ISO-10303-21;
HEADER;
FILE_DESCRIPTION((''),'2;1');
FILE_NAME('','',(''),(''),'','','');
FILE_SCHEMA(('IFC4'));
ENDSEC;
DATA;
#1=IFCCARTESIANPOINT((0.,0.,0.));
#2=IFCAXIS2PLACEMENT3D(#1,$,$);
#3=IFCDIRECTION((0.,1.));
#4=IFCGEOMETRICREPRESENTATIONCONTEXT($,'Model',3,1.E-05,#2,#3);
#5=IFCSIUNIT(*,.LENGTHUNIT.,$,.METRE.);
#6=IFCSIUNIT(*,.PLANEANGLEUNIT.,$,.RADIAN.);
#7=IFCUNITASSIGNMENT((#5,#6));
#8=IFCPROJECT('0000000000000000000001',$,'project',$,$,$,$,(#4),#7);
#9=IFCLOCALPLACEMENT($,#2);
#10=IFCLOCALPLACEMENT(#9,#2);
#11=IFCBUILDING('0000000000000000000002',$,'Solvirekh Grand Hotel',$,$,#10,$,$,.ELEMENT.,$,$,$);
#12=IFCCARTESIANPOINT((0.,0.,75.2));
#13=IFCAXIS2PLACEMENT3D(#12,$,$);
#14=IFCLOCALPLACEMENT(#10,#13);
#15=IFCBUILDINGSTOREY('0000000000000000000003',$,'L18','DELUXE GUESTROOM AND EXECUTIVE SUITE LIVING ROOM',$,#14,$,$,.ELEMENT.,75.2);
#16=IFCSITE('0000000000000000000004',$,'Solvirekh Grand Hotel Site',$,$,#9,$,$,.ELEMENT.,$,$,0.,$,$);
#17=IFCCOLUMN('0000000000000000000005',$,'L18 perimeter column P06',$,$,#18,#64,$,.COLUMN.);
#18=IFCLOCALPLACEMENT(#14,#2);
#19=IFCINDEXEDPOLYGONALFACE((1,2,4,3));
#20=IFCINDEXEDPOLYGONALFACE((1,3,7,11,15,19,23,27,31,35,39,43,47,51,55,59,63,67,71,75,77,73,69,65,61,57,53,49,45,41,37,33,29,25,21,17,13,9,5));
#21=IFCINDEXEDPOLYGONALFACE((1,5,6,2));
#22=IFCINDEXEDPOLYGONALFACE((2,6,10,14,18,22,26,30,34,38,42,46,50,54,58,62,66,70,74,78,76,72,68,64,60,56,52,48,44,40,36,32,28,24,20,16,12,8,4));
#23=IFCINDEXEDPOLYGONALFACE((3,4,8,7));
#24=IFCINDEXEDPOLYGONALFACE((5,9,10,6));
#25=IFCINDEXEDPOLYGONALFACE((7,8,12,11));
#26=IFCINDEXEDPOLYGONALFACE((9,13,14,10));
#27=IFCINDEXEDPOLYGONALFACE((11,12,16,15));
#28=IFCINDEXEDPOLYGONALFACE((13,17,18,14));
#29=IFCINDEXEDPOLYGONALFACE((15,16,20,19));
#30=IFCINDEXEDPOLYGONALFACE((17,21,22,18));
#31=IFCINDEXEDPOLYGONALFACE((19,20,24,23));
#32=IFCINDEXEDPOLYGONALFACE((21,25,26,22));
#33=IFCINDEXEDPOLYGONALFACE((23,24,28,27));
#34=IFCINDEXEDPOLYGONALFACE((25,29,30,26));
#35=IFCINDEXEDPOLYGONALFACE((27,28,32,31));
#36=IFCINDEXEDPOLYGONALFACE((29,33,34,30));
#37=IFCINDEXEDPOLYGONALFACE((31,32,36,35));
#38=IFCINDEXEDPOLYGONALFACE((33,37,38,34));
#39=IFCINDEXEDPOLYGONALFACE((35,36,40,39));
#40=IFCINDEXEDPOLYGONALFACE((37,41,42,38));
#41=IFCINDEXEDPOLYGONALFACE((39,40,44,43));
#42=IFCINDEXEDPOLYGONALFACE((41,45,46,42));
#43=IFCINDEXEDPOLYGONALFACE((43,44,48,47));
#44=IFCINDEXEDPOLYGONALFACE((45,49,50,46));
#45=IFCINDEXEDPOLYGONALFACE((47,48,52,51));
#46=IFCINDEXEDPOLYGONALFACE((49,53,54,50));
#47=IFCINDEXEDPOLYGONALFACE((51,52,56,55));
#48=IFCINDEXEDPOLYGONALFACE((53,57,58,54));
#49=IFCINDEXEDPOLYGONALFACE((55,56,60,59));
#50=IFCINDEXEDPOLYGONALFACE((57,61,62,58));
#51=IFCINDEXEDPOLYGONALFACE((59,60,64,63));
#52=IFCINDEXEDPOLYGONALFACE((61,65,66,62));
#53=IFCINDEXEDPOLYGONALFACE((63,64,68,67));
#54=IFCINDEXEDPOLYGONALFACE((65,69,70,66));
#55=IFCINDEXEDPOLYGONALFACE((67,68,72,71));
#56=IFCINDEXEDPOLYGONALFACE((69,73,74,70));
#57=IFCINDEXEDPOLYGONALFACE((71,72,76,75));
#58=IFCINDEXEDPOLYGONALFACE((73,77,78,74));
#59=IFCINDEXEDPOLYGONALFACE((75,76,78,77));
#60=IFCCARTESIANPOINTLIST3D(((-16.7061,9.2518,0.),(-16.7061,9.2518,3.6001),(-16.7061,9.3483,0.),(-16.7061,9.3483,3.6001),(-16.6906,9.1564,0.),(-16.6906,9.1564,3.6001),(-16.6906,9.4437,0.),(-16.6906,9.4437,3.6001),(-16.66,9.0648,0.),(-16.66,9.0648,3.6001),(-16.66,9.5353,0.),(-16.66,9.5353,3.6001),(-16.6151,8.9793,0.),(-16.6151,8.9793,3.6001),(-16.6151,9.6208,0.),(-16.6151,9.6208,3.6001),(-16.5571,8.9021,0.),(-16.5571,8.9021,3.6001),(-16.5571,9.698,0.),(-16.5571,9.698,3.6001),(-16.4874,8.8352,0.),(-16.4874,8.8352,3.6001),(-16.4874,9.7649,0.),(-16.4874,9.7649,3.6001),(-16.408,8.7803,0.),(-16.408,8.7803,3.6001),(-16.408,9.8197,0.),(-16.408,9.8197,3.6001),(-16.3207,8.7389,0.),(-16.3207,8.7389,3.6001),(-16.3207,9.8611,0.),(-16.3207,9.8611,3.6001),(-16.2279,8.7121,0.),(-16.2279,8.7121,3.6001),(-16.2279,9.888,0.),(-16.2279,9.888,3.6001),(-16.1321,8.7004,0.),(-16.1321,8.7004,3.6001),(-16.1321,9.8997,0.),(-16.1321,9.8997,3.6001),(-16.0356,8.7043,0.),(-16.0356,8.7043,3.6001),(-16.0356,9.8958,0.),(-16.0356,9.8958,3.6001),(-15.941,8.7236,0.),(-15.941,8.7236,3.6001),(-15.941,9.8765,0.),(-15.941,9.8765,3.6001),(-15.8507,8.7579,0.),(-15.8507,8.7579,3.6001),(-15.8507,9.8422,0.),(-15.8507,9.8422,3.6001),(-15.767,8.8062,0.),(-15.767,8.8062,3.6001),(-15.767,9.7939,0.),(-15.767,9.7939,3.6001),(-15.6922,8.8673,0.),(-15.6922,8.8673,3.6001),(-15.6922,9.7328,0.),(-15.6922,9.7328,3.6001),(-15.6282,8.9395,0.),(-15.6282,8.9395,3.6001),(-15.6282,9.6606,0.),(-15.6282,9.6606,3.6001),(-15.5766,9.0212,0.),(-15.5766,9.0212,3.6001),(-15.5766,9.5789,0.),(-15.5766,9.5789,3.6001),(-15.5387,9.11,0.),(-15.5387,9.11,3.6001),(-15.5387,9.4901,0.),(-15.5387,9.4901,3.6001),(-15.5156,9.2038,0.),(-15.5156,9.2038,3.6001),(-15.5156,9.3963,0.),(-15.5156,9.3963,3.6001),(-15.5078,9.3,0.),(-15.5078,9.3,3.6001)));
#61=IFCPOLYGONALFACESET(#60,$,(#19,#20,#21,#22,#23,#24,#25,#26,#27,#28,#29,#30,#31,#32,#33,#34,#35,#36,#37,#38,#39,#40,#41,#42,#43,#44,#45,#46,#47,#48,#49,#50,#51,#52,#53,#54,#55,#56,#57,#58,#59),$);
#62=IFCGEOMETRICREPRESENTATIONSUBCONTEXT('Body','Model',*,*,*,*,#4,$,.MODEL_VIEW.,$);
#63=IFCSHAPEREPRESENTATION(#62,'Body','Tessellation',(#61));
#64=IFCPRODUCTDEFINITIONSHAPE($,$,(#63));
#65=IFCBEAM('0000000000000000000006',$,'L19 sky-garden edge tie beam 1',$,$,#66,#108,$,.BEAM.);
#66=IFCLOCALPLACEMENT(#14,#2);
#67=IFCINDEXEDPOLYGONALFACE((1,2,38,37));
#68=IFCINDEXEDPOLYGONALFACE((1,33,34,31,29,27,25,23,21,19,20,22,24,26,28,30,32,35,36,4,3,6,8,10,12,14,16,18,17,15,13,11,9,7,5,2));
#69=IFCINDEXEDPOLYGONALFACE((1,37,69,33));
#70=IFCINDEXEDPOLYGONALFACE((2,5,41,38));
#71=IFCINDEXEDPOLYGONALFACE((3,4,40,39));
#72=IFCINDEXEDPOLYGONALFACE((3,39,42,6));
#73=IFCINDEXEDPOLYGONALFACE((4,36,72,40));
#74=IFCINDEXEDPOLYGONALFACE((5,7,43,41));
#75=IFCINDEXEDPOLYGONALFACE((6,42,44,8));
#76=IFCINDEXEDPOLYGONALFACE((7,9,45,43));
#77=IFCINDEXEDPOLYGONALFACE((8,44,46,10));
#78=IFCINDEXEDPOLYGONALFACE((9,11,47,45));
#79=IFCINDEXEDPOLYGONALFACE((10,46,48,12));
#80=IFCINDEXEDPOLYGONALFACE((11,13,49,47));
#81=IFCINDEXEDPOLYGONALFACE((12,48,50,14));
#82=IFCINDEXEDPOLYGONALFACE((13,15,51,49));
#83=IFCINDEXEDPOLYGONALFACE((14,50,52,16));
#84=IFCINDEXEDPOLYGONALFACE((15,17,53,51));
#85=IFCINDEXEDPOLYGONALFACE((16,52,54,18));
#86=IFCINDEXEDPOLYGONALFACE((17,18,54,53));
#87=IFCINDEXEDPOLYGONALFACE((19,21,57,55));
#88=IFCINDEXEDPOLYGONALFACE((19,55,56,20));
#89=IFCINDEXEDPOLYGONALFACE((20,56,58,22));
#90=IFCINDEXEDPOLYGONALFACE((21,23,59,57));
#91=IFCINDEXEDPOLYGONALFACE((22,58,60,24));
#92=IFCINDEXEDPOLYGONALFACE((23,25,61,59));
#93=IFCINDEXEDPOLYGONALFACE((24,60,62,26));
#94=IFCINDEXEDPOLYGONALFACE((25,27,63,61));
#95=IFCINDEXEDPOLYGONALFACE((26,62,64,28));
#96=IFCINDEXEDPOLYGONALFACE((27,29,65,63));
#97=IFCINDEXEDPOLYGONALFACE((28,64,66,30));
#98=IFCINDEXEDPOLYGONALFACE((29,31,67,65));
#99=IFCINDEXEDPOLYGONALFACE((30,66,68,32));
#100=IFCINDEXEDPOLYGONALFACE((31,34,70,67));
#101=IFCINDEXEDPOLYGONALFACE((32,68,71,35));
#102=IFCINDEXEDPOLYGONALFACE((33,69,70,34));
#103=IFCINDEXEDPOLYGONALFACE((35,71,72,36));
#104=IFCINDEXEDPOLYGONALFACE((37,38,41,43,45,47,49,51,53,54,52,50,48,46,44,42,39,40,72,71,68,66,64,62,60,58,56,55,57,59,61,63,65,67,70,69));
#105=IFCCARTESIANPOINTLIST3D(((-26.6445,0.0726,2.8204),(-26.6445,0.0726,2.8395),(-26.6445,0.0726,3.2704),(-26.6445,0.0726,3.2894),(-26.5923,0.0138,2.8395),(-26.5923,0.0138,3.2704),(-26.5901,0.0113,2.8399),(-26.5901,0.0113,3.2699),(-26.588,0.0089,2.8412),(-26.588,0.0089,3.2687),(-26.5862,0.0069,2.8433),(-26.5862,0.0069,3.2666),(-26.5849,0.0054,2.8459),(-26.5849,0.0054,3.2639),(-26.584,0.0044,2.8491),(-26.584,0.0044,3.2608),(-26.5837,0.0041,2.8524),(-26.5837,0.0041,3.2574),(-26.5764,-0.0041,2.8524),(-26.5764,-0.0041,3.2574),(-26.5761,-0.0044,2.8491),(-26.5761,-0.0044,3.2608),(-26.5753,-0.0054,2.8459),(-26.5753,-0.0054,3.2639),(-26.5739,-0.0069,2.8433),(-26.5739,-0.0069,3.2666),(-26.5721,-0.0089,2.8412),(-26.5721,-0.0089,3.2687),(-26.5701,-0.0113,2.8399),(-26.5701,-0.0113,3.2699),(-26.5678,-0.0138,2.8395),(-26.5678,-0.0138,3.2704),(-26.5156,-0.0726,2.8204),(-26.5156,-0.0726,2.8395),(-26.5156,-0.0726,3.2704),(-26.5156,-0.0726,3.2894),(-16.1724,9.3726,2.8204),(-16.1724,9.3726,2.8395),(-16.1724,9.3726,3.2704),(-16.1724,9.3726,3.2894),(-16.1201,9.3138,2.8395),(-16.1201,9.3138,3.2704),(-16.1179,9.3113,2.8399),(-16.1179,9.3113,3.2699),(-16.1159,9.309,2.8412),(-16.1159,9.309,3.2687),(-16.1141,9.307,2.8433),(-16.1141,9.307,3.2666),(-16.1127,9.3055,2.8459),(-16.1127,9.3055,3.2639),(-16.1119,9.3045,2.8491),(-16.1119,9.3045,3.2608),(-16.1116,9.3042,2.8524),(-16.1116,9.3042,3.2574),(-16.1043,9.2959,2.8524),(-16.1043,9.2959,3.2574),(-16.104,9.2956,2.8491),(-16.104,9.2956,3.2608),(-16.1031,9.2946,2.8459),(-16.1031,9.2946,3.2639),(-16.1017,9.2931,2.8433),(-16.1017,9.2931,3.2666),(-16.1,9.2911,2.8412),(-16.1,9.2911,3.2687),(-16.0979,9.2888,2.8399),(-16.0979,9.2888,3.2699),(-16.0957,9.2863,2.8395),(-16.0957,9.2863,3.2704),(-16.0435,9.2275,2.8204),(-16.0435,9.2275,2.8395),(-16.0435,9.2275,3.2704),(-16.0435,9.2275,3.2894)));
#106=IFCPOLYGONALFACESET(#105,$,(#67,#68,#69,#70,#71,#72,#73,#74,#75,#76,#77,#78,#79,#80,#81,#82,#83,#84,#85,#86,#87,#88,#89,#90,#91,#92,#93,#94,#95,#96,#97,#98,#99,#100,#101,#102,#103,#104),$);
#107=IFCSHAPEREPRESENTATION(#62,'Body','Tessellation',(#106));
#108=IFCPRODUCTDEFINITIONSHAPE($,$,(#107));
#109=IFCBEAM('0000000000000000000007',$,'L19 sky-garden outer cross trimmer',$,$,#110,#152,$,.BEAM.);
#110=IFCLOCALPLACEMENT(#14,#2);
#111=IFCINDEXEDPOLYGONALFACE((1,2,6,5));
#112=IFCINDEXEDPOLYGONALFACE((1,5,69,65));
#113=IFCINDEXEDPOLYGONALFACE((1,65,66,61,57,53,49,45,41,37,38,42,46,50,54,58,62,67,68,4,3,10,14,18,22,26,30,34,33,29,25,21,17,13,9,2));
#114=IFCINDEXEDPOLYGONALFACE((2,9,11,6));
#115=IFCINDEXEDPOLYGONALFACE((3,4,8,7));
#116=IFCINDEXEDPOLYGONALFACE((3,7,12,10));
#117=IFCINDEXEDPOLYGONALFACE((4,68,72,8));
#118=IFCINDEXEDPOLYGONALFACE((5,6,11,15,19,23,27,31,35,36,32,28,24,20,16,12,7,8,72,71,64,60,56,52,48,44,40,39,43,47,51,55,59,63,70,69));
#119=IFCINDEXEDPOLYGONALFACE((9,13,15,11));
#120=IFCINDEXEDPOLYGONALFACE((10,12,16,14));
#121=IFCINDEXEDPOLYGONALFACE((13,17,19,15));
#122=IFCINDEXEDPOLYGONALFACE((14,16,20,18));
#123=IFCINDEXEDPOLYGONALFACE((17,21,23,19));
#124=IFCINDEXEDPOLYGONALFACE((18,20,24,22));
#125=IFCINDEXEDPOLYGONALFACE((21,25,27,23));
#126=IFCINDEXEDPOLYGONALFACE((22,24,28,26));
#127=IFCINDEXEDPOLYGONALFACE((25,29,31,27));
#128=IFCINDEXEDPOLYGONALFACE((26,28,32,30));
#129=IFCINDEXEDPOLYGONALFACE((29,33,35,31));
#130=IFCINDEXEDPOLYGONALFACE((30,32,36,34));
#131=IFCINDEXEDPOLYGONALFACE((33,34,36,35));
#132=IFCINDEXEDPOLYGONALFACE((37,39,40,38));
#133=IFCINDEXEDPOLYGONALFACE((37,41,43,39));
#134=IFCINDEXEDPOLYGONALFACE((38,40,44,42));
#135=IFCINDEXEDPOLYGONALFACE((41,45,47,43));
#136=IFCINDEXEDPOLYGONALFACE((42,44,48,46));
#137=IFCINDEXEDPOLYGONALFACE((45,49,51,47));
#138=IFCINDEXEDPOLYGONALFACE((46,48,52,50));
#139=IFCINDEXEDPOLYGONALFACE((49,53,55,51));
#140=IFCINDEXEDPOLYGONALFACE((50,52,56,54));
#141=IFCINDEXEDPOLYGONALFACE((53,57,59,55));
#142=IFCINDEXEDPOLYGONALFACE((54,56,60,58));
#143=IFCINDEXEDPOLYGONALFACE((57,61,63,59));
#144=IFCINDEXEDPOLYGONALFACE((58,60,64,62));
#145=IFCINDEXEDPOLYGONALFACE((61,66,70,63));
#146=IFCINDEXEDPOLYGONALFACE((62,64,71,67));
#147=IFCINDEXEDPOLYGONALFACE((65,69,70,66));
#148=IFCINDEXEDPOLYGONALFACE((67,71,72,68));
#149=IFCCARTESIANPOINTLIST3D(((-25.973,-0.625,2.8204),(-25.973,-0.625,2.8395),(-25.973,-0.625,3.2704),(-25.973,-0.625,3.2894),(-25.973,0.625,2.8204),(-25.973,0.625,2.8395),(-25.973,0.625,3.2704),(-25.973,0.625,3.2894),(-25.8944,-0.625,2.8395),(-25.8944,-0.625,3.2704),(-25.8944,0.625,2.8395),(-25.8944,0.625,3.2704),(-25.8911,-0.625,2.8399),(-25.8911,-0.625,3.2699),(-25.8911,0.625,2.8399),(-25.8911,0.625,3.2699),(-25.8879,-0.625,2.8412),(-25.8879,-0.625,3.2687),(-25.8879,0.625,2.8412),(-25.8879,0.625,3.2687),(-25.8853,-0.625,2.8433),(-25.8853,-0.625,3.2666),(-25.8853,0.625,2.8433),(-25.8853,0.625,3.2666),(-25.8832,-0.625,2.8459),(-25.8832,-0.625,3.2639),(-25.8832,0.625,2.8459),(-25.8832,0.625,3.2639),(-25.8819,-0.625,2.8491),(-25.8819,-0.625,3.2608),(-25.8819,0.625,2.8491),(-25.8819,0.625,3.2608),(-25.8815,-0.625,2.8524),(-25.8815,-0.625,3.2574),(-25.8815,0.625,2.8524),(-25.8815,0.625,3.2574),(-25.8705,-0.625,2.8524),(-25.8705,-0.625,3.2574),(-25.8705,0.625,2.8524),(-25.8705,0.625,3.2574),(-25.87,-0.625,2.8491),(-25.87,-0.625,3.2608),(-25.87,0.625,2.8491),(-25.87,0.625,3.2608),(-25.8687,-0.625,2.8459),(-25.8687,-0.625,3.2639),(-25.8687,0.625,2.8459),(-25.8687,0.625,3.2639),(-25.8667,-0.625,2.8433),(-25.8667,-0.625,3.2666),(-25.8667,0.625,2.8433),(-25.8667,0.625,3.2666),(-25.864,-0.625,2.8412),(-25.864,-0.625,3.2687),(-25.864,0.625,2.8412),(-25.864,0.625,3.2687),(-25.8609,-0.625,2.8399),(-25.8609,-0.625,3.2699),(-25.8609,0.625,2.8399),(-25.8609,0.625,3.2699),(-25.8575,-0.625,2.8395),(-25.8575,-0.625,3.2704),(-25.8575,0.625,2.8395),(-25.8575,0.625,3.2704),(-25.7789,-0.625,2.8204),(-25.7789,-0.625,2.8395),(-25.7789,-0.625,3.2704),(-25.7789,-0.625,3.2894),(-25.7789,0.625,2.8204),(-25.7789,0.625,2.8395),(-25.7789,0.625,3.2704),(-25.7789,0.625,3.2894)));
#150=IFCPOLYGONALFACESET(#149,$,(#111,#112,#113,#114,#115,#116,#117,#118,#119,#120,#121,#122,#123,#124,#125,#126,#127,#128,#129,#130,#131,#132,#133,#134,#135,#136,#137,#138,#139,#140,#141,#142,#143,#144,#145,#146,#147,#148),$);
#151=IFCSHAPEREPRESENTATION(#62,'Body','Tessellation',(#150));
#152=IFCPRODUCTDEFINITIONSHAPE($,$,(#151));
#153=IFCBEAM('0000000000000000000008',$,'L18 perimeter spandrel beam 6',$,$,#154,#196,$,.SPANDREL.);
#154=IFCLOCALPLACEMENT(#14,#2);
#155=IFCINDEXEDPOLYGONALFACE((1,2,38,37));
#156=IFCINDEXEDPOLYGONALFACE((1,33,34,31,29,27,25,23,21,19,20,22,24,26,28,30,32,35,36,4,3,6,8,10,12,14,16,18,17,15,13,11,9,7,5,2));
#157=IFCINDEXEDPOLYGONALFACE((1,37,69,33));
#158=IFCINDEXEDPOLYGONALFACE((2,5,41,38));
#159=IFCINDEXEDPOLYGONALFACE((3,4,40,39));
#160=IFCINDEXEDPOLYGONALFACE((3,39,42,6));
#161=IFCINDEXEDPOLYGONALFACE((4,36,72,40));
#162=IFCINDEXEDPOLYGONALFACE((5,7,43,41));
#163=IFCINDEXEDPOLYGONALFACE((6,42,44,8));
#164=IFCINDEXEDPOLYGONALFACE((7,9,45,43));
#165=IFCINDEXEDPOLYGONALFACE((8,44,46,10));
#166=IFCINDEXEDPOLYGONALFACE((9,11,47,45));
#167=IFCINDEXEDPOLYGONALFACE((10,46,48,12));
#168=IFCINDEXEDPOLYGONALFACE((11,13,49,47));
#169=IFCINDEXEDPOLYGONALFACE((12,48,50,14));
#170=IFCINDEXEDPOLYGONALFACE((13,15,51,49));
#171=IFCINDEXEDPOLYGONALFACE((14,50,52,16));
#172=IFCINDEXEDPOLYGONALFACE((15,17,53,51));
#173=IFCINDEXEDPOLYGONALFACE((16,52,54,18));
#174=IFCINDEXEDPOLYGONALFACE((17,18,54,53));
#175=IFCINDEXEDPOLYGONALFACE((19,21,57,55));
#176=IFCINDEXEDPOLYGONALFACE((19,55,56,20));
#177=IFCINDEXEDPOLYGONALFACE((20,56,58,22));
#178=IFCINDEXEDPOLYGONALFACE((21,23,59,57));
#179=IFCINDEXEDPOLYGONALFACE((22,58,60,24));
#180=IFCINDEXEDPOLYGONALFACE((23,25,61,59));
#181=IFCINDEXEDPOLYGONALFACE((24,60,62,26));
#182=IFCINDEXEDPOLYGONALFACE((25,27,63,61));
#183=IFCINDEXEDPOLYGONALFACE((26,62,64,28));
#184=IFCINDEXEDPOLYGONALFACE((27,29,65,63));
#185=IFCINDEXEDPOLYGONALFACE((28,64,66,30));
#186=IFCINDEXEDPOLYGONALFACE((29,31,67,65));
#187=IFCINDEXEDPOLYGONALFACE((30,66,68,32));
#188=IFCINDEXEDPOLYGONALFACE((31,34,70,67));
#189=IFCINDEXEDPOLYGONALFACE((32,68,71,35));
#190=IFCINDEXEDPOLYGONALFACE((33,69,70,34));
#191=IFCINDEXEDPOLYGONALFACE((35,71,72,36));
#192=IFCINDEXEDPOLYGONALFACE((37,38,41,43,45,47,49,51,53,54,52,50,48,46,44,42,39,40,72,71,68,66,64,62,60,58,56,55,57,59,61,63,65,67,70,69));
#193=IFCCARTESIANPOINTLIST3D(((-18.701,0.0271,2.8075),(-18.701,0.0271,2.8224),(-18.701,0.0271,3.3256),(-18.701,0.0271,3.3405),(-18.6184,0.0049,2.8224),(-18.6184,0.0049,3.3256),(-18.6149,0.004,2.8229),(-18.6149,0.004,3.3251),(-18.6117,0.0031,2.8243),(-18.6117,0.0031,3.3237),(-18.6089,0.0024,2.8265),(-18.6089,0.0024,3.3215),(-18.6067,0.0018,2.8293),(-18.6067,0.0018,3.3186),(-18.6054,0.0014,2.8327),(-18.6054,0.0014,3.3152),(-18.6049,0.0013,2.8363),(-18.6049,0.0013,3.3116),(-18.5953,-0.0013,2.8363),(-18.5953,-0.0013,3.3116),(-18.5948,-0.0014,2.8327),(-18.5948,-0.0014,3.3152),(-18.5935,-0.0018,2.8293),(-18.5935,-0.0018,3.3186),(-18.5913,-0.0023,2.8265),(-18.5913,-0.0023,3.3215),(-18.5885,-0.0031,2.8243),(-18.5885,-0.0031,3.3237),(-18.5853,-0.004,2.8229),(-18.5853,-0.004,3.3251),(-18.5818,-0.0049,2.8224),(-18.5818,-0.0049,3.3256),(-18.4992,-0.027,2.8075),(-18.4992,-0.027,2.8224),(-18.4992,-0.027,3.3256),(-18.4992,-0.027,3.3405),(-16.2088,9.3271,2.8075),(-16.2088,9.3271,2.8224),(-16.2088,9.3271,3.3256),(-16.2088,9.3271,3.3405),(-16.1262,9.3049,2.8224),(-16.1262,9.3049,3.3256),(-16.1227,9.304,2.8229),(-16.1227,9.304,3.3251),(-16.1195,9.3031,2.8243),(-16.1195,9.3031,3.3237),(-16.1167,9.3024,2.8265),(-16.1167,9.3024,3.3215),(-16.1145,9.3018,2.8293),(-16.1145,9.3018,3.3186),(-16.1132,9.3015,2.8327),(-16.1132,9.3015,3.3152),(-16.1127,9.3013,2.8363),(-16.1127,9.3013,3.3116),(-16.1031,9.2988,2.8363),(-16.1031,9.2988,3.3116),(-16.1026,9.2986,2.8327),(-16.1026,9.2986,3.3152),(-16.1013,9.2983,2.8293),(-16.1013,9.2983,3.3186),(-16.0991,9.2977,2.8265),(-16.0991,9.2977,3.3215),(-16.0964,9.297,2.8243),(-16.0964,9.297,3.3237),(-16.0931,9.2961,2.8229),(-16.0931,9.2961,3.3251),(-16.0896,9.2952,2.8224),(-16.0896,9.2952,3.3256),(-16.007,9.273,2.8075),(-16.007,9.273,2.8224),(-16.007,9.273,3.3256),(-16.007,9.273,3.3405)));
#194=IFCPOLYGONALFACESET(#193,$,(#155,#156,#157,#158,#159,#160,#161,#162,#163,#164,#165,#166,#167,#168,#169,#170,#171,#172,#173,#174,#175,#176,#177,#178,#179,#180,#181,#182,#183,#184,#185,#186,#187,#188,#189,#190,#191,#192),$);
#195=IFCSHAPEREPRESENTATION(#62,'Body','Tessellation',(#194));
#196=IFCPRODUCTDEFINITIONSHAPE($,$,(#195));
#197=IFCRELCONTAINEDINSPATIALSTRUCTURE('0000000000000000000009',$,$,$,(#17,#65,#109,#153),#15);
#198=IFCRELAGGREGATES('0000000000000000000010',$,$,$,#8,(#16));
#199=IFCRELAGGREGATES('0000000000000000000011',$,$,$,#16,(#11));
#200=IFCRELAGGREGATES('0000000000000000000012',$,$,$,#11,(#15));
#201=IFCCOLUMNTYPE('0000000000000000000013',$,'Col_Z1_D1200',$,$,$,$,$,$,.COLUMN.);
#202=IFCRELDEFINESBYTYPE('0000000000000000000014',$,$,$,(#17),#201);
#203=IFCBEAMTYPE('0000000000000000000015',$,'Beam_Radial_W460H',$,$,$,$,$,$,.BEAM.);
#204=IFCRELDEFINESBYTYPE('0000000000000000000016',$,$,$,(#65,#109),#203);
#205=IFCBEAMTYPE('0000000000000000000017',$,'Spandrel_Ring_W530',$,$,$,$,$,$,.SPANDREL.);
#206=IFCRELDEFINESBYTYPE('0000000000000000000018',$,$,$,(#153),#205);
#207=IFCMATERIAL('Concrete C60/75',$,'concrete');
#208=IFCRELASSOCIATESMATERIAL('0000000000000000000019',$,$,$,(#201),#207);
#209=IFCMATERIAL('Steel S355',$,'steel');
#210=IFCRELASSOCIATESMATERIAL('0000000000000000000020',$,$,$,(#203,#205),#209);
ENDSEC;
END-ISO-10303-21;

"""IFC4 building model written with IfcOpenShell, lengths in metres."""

from ifc_helpers import new_model, si_unit, direction, frame, origin, origin_2d, place, context, subcontext, project, spatial, circle, i_section, extrude, material, material_profile, profile_set, type_object, element, save


model = new_model("IFC4")

# Units and contexts
model_context = context("Model", 3, precision=1e-05, world=origin(), true_north=direction((0.0, 1.0)))
body_context = subcontext(model_context, "Body", "Model", "MODEL_VIEW")
ifc_project = project(units=[si_unit("LENGTHUNIT", "METRE"), si_unit("PLANEANGLEUNIT", "RADIAN")], contexts=[model_context])

# Site, building, storey
site_placement = place(None, origin())
site = spatial("IfcSite", under=ifc_project, at=site_placement, Name="Solvirekh Grand Hotel Site", CompositionType="ELEMENT", RefElevation=0.0)
building_placement = place(site_placement, origin())
building = spatial("IfcBuilding", under=site, at=building_placement, Name="Solvirekh Grand Hotel", CompositionType="ELEMENT")
storey_placement = place(building_placement, frame((0.0, 0.0, 75.2)))
storey = spatial("IfcBuildingStorey", under=building, at=storey_placement, Name="L18", Description="DELUXE GUESTROOM AND EXECUTIVE SUITE LIVING ROOM", CompositionType="ELEMENT", Elevation=75.2)

# Column
ifc_material_1 = material(Name="Concrete C60/75", Category="concrete")
ifc_material_profile_1 = material_profile(ifc_material_1, circle(Radius=0.6001, at=origin_2d()), Name="RC CIRC D1200")
ifc_profile_set_1 = profile_set([ifc_material_profile_1], Name="Concrete C60/75")
column_type = type_object("IfcColumnType", Name="Col_Z1_D1200", PredefinedType="COLUMN", material=ifc_profile_set_1)
column_placement = place(storey_placement, frame((-16.1079, 9.3, 0.0), z_axis=(0.0, 0.0, 1.0), x_axis=(1.0, 0.0, 0.0)))
element("IfcColumn", 1, at=column_placement, inside=storey, type_object=column_type, Name="L18 perimeter column P06", PredefinedType="COLUMN", context=body_context, shape_type="SweptSolid", body=[
    extrude(circle(Radius=0.6001, at=origin_2d()), origin(), (0.0, 0.0, 1.0), 3.6001),
])

# Beams
ifc_material_2 = material(Name="Steel S355", Category="steel")
ifc_material_profile_2 = material_profile(ifc_material_2, i_section(OverallWidth=0.1941, OverallDepth=0.469, WebThickness=0.011, FlangeThickness=0.019, FilletRadius=0.0129, at=origin_2d()), Name="W460X106")
ifc_profile_set_2 = profile_set([ifc_material_profile_2], Name="Steel S355")
beam_type_1 = type_object("IfcBeamType", Name="Beam_Radial_W460H", PredefinedType="BEAM", material=ifc_profile_set_2)
beam_1_placement = place(storey_placement, frame((-16.1079, 9.3, 3.0549), z_axis=(-0.747712, -0.664023, 0.0), x_axis=(0.664023, -0.747712, 0.0)))
element("IfcBeam", 2, at=beam_1_placement, inside=storey, type_object=beam_type_1, Name="L19 sky-garden edge tie beam 1", PredefinedType="BEAM", context=body_context, shape_type="SweptSolid", body=[
    extrude(i_section(OverallWidth=0.1941, OverallDepth=0.469, WebThickness=0.011, FlangeThickness=0.019, FilletRadius=0.0129, at=origin_2d()), origin(), (0.0, 0.0, 1.0), 14.0056),
])
beam_2_placement = place(storey_placement, frame((-25.876, 0.625, 3.0549), z_axis=(0.0, -1.0, 0.0), x_axis=(1.0, 0.0, 0.0)))
element("IfcBeam", 3, at=beam_2_placement, inside=storey, type_object=beam_type_1, Name="L19 sky-garden outer cross trimmer", PredefinedType="BEAM", context=body_context, shape_type="SweptSolid", body=[
    extrude(i_section(OverallWidth=0.1941, OverallDepth=0.469, WebThickness=0.011, FlangeThickness=0.019, FilletRadius=0.0129, at=origin_2d()), origin(), (0.0, 0.0, 1.0), 1.25),
])
ifc_material_profile_3 = material_profile(ifc_material_2, i_section(OverallWidth=0.209, OverallDepth=0.533, WebThickness=0.01, FlangeThickness=0.0149, FilletRadius=0.0139, at=origin_2d()), Name="W530X92")
ifc_profile_set_3 = profile_set([ifc_material_profile_3], Name="Steel S355")
beam_type_2 = type_object("IfcBeamType", Name="Spandrel_Ring_W530", PredefinedType="SPANDREL", material=ifc_profile_set_3)
beam_3_placement = place(storey_placement, frame((-16.1079, 9.3, 3.074), z_axis=(-0.258843, -0.965919, 0.0), x_axis=(0.965919, -0.258843, 0.0)))
element("IfcBeam", 4, at=beam_3_placement, inside=storey, type_object=beam_type_2, Name="L18 perimeter spandrel beam 6", PredefinedType="SPANDREL", context=body_context, shape_type="SweptSolid", body=[
    extrude(i_section(OverallWidth=0.209, OverallDepth=0.533, WebThickness=0.01, FlangeThickness=0.0149, FilletRadius=0.0139, at=origin_2d()), origin(), (0.0, 0.0, 1.0), 9.6282),
])

save(model, "model.ifc")
